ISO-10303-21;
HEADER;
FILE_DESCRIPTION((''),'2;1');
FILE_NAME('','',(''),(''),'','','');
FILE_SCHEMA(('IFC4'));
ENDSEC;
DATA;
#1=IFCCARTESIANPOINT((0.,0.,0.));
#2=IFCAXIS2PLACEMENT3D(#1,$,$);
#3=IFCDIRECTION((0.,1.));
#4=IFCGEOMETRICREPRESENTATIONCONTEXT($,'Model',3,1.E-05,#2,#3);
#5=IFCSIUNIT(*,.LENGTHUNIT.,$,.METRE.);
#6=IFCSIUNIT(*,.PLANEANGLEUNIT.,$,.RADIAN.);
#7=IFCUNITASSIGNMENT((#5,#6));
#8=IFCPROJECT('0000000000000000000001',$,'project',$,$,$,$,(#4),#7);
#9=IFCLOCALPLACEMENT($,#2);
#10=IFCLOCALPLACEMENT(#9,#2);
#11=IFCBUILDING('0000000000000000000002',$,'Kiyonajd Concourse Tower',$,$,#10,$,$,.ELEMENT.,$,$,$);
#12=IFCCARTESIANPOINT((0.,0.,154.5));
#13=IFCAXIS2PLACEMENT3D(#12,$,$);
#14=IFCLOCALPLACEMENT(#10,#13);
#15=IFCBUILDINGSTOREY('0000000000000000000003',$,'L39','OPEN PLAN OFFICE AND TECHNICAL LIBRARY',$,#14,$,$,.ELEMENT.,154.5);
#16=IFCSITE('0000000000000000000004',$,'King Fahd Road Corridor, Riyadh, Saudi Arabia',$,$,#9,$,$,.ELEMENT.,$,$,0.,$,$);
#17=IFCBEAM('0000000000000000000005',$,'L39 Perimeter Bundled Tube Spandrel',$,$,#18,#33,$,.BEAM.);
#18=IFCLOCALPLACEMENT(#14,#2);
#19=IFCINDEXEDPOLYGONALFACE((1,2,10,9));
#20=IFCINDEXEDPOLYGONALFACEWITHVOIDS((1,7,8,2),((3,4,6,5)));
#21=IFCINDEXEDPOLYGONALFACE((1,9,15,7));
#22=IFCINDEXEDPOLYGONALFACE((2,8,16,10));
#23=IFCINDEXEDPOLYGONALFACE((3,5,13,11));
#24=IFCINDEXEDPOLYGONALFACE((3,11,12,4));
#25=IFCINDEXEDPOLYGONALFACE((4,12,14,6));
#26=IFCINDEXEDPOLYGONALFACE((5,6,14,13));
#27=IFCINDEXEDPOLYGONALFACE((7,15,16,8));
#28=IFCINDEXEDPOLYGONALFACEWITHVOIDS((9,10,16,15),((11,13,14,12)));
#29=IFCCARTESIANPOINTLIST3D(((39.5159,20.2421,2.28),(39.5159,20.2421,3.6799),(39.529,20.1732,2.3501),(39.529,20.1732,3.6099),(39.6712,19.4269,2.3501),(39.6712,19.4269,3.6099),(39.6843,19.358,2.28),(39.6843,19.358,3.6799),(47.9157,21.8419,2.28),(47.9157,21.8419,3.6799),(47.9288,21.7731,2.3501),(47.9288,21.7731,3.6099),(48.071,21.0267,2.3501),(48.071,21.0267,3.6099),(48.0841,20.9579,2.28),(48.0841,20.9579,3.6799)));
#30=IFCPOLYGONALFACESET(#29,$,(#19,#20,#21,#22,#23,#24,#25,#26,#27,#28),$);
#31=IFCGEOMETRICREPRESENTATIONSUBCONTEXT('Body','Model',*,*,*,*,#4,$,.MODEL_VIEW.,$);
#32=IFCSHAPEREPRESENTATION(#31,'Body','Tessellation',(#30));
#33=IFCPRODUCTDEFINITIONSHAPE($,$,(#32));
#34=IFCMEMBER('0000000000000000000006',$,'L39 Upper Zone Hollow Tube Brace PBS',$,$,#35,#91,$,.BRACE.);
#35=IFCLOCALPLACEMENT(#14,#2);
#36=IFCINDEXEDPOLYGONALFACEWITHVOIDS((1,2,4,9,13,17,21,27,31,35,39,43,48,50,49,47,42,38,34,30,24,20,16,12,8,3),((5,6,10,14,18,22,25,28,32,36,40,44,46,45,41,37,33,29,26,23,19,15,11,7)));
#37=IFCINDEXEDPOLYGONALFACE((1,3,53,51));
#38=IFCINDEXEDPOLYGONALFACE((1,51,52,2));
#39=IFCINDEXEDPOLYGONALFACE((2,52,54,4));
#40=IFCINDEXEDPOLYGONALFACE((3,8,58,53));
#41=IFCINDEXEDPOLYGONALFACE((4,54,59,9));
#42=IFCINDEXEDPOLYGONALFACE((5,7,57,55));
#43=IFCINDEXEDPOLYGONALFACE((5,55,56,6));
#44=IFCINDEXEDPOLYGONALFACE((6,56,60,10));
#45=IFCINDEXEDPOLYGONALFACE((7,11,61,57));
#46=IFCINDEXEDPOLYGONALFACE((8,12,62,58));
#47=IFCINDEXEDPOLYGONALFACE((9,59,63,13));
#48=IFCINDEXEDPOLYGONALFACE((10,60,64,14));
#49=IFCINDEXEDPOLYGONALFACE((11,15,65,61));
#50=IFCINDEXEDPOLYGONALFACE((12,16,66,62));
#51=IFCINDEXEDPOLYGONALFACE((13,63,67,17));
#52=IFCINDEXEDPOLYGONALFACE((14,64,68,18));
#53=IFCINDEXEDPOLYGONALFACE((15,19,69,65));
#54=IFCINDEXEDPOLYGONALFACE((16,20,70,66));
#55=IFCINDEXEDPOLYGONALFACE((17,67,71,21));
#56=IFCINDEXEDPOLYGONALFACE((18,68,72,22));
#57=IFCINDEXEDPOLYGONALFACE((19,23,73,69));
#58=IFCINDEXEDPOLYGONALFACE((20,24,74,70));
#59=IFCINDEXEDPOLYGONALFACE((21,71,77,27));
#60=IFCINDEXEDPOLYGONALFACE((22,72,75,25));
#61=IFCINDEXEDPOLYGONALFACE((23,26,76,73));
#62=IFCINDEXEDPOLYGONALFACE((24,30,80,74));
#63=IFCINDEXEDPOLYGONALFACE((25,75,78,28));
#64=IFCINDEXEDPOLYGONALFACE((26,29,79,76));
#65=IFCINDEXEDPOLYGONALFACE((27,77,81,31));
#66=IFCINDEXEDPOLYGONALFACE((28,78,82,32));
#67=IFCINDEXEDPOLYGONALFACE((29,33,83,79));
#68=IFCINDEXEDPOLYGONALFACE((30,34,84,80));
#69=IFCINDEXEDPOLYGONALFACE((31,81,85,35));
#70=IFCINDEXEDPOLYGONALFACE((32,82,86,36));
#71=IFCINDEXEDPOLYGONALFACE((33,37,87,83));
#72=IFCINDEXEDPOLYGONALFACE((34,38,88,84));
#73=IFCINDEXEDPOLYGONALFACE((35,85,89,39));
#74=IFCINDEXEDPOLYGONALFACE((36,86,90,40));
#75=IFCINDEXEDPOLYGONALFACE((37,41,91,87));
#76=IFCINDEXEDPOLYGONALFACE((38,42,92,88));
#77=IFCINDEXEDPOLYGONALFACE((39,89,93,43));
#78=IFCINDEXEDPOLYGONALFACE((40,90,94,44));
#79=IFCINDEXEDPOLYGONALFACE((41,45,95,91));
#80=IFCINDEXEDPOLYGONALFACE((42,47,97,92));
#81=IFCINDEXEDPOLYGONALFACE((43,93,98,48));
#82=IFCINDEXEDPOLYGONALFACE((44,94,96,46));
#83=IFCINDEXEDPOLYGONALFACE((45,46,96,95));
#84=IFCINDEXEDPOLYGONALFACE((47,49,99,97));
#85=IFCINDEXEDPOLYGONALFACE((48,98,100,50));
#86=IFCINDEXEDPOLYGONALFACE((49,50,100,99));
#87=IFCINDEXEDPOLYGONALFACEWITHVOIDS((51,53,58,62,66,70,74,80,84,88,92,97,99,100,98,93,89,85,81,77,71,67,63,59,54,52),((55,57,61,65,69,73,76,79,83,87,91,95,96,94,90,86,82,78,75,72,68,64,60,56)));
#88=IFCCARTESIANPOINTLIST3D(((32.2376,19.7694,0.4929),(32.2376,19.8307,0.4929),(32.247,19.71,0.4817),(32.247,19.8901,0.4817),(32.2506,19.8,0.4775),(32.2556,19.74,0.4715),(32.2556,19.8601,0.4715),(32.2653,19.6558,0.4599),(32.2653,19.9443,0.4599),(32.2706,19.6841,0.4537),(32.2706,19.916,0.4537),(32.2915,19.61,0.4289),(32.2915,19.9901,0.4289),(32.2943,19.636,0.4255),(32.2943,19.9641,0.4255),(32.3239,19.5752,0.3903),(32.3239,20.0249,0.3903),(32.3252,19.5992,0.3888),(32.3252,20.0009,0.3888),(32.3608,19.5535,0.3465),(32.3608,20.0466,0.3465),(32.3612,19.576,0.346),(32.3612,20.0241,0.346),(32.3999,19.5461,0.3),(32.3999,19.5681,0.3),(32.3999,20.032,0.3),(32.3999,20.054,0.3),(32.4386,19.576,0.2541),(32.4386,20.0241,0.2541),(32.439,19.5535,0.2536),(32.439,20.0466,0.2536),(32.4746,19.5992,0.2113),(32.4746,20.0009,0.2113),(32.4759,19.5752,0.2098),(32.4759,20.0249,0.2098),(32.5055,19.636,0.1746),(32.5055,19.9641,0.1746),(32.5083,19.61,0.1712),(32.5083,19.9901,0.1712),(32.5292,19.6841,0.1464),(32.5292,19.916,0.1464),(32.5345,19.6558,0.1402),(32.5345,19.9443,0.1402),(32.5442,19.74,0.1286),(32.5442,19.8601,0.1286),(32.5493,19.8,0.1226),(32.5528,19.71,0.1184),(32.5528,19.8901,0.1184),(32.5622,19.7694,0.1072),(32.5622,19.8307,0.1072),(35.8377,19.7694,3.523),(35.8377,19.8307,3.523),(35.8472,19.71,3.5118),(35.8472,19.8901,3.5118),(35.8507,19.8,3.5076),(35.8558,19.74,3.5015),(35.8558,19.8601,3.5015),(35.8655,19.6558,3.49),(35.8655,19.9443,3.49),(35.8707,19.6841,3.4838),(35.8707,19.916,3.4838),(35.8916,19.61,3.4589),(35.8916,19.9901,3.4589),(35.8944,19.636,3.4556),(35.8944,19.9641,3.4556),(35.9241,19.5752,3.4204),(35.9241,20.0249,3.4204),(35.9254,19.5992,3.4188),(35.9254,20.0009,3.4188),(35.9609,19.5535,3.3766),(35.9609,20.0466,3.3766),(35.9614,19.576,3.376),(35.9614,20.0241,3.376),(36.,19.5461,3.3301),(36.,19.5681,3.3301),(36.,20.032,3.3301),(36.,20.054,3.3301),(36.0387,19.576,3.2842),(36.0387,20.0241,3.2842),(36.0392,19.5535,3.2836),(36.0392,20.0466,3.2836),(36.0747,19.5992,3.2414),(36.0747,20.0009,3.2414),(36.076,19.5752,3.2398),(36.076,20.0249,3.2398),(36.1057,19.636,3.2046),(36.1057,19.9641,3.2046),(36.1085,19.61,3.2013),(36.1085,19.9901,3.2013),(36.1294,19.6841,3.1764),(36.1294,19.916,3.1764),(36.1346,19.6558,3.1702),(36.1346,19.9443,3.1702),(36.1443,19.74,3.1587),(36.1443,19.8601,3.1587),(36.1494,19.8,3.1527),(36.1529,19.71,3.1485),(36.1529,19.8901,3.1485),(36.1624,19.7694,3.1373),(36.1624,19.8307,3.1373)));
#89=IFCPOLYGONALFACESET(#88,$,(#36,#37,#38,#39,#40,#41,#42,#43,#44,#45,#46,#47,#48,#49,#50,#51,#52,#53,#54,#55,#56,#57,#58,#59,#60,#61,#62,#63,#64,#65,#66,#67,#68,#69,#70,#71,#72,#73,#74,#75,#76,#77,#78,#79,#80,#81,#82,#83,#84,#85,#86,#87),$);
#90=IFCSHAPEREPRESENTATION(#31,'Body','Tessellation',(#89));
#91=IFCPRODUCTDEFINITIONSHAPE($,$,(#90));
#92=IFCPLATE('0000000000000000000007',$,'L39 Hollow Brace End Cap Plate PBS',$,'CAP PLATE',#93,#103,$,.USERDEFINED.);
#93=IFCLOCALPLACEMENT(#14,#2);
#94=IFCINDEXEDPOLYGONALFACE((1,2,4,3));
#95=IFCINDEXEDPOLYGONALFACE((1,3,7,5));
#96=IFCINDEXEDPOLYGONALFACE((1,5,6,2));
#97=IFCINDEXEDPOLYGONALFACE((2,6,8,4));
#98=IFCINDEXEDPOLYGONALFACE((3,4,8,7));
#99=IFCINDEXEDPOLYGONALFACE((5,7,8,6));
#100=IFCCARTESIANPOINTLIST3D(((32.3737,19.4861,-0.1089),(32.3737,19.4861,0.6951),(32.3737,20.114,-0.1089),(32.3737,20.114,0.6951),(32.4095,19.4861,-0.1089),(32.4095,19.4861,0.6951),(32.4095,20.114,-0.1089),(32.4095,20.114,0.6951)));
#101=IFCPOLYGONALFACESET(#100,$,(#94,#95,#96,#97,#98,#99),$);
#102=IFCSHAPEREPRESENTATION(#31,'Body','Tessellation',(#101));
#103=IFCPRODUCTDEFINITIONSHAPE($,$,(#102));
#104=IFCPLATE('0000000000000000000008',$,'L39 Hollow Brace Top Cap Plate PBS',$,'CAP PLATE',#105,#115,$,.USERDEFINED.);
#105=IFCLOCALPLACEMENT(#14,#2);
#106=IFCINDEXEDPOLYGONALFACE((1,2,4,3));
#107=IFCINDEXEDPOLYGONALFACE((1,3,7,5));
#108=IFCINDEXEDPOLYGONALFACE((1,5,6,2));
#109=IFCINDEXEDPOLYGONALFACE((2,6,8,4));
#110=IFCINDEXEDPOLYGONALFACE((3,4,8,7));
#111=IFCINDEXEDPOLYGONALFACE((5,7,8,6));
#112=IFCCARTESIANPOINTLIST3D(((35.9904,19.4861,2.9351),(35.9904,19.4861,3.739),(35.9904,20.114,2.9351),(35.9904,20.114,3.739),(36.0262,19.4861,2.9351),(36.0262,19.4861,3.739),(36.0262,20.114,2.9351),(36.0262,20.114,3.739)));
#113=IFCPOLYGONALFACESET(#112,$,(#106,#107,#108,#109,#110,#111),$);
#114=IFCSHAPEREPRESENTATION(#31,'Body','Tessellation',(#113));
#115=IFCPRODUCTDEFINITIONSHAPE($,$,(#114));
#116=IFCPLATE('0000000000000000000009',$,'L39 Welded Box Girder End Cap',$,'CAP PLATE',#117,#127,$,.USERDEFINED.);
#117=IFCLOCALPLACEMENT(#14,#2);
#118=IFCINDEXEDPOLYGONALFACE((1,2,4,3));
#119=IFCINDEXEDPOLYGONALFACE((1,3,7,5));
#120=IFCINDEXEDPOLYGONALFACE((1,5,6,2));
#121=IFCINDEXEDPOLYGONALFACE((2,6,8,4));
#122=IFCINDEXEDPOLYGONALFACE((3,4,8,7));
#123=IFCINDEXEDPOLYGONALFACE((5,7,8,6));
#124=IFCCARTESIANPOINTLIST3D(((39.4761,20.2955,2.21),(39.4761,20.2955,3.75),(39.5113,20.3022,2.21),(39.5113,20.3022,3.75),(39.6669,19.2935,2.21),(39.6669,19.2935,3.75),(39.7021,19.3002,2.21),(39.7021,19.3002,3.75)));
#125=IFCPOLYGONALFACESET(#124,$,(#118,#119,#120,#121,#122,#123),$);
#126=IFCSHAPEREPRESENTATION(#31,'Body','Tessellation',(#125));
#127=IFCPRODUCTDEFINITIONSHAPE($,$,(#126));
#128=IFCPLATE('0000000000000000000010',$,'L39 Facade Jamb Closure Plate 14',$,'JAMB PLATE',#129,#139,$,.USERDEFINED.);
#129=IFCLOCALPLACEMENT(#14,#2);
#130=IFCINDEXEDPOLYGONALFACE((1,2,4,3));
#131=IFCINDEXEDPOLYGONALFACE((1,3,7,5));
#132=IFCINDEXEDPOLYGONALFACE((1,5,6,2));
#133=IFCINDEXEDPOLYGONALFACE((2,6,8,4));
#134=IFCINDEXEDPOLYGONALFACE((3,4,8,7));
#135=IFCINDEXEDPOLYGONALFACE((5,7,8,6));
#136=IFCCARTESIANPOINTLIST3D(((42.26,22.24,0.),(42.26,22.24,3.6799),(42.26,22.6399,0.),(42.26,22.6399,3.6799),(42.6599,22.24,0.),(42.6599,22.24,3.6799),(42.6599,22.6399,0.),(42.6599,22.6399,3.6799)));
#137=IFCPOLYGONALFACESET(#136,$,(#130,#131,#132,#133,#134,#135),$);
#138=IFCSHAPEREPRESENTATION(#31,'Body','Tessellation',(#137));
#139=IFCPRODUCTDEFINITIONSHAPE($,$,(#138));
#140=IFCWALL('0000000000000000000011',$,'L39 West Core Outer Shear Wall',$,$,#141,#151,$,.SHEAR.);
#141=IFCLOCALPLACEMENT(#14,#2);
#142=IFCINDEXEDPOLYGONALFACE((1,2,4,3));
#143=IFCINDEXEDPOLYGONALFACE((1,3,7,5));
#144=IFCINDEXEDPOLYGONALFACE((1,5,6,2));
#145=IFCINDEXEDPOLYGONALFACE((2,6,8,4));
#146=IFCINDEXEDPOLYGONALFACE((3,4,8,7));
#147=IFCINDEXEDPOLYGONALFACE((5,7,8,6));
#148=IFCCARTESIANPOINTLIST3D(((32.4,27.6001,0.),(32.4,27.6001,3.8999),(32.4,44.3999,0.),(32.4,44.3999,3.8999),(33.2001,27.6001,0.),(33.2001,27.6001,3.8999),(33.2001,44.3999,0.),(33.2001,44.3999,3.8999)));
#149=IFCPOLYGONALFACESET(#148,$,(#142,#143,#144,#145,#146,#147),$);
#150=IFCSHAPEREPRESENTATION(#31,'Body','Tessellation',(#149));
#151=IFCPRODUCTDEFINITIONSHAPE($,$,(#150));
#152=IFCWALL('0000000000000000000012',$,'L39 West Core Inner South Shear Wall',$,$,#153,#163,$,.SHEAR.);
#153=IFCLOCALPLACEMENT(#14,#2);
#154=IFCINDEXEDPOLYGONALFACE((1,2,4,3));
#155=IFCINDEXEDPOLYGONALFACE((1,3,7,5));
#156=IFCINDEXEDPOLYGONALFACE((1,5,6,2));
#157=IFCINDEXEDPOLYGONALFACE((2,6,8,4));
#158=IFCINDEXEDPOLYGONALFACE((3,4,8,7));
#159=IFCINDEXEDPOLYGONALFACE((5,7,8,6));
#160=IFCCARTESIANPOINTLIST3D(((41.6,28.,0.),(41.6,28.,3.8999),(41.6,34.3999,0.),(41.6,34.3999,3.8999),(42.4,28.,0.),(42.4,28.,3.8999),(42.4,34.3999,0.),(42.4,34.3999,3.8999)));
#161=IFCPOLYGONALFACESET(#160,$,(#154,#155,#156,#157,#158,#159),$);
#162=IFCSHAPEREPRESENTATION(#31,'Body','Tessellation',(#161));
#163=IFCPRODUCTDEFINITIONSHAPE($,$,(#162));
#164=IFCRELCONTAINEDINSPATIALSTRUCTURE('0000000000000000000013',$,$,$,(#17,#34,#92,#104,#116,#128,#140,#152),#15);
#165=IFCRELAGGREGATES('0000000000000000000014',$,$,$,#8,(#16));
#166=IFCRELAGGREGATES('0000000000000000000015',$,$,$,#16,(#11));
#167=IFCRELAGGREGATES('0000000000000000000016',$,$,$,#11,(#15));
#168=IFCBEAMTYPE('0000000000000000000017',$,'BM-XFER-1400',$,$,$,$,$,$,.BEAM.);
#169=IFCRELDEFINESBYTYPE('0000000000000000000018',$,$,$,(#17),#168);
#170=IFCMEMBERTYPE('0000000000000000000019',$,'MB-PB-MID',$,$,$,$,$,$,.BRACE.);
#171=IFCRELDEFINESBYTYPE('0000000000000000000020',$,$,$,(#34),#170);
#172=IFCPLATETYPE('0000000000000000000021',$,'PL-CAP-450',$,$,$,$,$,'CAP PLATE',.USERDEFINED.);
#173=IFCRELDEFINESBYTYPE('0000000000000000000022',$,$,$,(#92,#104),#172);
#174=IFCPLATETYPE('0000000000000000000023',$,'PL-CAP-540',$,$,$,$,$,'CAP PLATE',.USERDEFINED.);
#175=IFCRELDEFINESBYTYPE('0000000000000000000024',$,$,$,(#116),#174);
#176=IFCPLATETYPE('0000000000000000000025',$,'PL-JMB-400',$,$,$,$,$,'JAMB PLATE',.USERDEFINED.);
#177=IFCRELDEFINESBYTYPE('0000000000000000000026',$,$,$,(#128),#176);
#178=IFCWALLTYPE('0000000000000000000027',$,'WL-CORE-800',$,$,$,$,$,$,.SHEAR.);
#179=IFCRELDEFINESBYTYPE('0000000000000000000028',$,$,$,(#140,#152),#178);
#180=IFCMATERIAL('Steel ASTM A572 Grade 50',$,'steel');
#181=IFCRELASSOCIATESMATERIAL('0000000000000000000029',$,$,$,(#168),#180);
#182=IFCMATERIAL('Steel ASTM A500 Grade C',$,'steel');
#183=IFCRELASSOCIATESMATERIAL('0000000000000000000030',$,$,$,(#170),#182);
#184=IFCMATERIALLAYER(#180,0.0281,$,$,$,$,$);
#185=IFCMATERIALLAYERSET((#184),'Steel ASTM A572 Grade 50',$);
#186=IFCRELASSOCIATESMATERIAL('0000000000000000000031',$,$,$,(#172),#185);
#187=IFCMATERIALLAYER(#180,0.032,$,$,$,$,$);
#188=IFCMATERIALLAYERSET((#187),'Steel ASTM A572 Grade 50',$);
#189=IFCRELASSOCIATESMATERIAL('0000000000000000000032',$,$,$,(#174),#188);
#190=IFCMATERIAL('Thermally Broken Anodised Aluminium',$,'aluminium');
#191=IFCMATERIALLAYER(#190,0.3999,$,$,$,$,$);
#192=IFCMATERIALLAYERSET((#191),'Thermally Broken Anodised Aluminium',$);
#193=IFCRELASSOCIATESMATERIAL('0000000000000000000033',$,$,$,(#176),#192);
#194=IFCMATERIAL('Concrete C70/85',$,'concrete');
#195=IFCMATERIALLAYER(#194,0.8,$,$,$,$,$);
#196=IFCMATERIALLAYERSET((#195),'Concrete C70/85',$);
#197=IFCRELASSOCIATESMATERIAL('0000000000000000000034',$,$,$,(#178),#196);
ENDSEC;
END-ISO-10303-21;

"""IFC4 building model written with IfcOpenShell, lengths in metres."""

from ifc_helpers import new_model, si_unit, direction, frame, frame_2d, origin, origin_2d, place, context, subcontext, project, spatial, rectangle, hollow_rectangle, hollow_circle, extrude, material, layer, layer_set, material_profile, profile_set, type_object, element, save


model = new_model("IFC4")

# Units and contexts
model_context = context("Model", 3, precision=1e-05, world=origin(), true_north=direction((0.0, 1.0)))
body_context = subcontext(model_context, "Body", "Model", "MODEL_VIEW")
ifc_project = project(units=[si_unit("LENGTHUNIT", "METRE"), si_unit("PLANEANGLEUNIT", "RADIAN")], contexts=[model_context])

# Site, building, storey
site_placement = place(None, origin())
site = spatial("IfcSite", under=ifc_project, at=site_placement, Name="King Fahd Road Corridor, Riyadh, Saudi Arabia", CompositionType="ELEMENT", RefElevation=0.0)
building_placement = place(site_placement, origin())
building = spatial("IfcBuilding", under=site, at=building_placement, Name="Kiyonajd Concourse Tower", CompositionType="ELEMENT")
storey_placement = place(building_placement, frame((0.0, 0.0, 154.5)))
storey = spatial("IfcBuildingStorey", under=building, at=storey_placement, Name="L39", Description="OPEN PLAN OFFICE AND TECHNICAL LIBRARY", CompositionType="ELEMENT", Elevation=154.5)

# Shared definitions
ifc_material_1 = material(Name="Concrete C70/85", Category="concrete")

# Beam
ifc_material_2 = material(Name="Steel ASTM A572 Grade 50", Category="steel")
ifc_material_profile_1 = material_profile(ifc_material_2, hollow_rectangle(XDim=0.8999, YDim=1.3999, WallThickness=0.0701, at=origin_2d()), Name="BOX-1400x900x70")
ifc_profile_set_1 = profile_set([ifc_material_profile_1], Name="Steel ASTM A572 Grade 50")
beam_type_1 = type_object("IfcBeamType", Name="BM-XFER-1400", PredefinedType="BEAM", material=ifc_profile_set_1)
beam_1_placement = place(storey_placement, frame((39.6001, 19.8, 2.98), z_axis=(0.982341, 0.187098, 0.0), x_axis=(-0.187098, 0.982341, 0.0)))
element("IfcBeam", 1, at=beam_1_placement, inside=storey, type_object=beam_type_1, Name="L39 Perimeter Bundled Tube Spandrel", PredefinedType="BEAM", context=body_context, shape_type="SweptSolid", body=[
    extrude(hollow_rectangle(XDim=0.8999, YDim=1.3999, WallThickness=0.0701, at=origin_2d()), origin(), (0.0, 0.0, 1.0), 8.5508),
])

# Member
ifc_material_3 = material(Name="Steel ASTM A500 Grade C", Category="steel")
ifc_material_profile_2 = material_profile(ifc_material_3, hollow_circle(Radius=0.2539, WallThickness=0.022, at=origin_2d()), Name="CHS-508x22")
ifc_profile_set_2 = profile_set([ifc_material_profile_2], Name="Steel ASTM A500 Grade C")
member_type = type_object("IfcMemberType", Name="MB-PB-MID", PredefinedType="BRACE", material=ifc_profile_set_2)
member_placement = place(storey_placement, frame((32.3999, 19.8, 0.3), z_axis=(0.765082, 0.0, 0.643933), x_axis=(0.0, 1.0, 0.0)))
element("IfcMember", 2, at=member_placement, inside=storey, type_object=member_type, Name="L39 Upper Zone Hollow Tube Brace PBS", PredefinedType="BRACE", context=body_context, shape_type="SweptSolid", body=[
    extrude(hollow_circle(Radius=0.2539, WallThickness=0.022, at=origin_2d()), origin(), (0.0, 0.0, 1.0), 4.7056),
])

# Plates
ifc_layer_1 = layer(ifc_material_2, 0.0281)
ifc_layer_set_1 = layer_set([ifc_layer_1], Name="Steel ASTM A572 Grade 50")
plate_type_1 = type_object("IfcPlateType", Name="PL-CAP-450", ElementType="CAP PLATE", PredefinedType="USERDEFINED", material=ifc_layer_set_1)
for number, where, z_axis, x_axis, name in (
    (3, (32.3916, 19.8, -0.1089), (0.0, 0.0, 1.0), (-1.0, 0.0, 0.0), "L39 Hollow Brace End Cap Plate PBS"),
    (4, (36.0083, 19.8, 2.9351), (0.0, 0.0, 1.0), (1.0, 0.0, 0.0), "L39 Hollow Brace Top Cap Plate PBS"),
):
    element("IfcPlate", number, at=place(storey_placement, frame(where, z_axis=z_axis, x_axis=x_axis)), inside=storey, type_object=plate_type_1, Name=name, ObjectType="CAP PLATE", PredefinedType="USERDEFINED", context=body_context, shape_type="SweptSolid", body=[
        extrude(rectangle(XDim=0.0359, YDim=0.6279, at=origin_2d()), origin(), (0.0, 0.0, 1.0), 0.804),
    ])
ifc_layer_2 = layer(ifc_material_2, 0.032)
ifc_layer_set_2 = layer_set([ifc_layer_2], Name="Steel ASTM A572 Grade 50")
plate_type_2 = type_object("IfcPlateType", Name="PL-CAP-540", ElementType="CAP PLATE", PredefinedType="USERDEFINED", material=ifc_layer_set_2)
plate_1_placement = place(storey_placement, frame((39.5891, 19.7979, 2.21), z_axis=(0.0, 0.0, 1.0), x_axis=(-0.982353, -0.187038, 0.0)))
element("IfcPlate", 5, at=plate_1_placement, inside=storey, type_object=plate_type_2, Name="L39 Welded Box Girder End Cap", ObjectType="CAP PLATE", PredefinedType="USERDEFINED", context=body_context, shape_type="SweptSolid", body=[
    extrude(rectangle(XDim=0.0359, YDim=1.02, at=origin_2d()), origin(), (0.0, 0.0, 1.0), 1.54),
])
ifc_material_4 = material(Name="Thermally Broken Anodised Aluminium", Category="aluminium")
ifc_layer_3 = layer(ifc_material_4, 0.3999)
ifc_layer_set_3 = layer_set([ifc_layer_3], Name="Thermally Broken Anodised Aluminium")
plate_type_3 = type_object("IfcPlateType", Name="PL-JMB-400", ElementType="JAMB PLATE", PredefinedType="USERDEFINED", material=ifc_layer_set_3)
plate_2_placement = place(storey_placement, frame((42.46, 22.4399, 0.0), z_axis=(0.0, 0.0, 1.0), x_axis=(1.0, 0.0, 0.0)))
element("IfcPlate", 6, at=plate_2_placement, inside=storey, type_object=plate_type_3, Name="L39 Facade Jamb Closure Plate 14", ObjectType="JAMB PLATE", PredefinedType="USERDEFINED", context=body_context, shape_type="SweptSolid", body=[
    extrude(rectangle(XDim=0.3999, YDim=0.3999, at=origin_2d()), origin(), (0.0, 0.0, 1.0), 3.6799),
])

# Walls
ifc_layer_4 = layer(ifc_material_1, 0.8)
ifc_layer_set_4 = layer_set([ifc_layer_4], Name="Concrete C70/85")
wall_type_1 = type_object("IfcWallType", Name="WL-CORE-800", PredefinedType="SHEAR", material=ifc_layer_set_4)
wall_1_placement = place(storey_placement, frame((32.8, 27.6001, 0.0), z_axis=(0.0, 0.0, 1.0), x_axis=(0.0, 1.0, 0.0)))
element("IfcWall", 7, at=wall_1_placement, inside=storey, type_object=wall_type_1, Name="L39 West Core Outer Shear Wall", PredefinedType="SHEAR", context=body_context, shape_type="SweptSolid", body=[
    extrude(rectangle(XDim=16.7998, YDim=0.8, at=frame_2d((8.3999, 0.0))), origin(), (0.0, 0.0, 1.0), 3.8999),
])
wall_2_placement = place(storey_placement, frame((42.0, 28.0, 0.0), z_axis=(0.0, 0.0, 1.0), x_axis=(0.0, 1.0, 0.0)))
element("IfcWall", 8, at=wall_2_placement, inside=storey, type_object=wall_type_1, Name="L39 West Core Inner South Shear Wall", PredefinedType="SHEAR", context=body_context, shape_type="SweptSolid", body=[
    extrude(rectangle(XDim=6.3999, YDim=0.8, at=frame_2d((3.2, 0.0))), origin(), (0.0, 0.0, 1.0), 3.8999),
])

save(model, "model.ifc")
